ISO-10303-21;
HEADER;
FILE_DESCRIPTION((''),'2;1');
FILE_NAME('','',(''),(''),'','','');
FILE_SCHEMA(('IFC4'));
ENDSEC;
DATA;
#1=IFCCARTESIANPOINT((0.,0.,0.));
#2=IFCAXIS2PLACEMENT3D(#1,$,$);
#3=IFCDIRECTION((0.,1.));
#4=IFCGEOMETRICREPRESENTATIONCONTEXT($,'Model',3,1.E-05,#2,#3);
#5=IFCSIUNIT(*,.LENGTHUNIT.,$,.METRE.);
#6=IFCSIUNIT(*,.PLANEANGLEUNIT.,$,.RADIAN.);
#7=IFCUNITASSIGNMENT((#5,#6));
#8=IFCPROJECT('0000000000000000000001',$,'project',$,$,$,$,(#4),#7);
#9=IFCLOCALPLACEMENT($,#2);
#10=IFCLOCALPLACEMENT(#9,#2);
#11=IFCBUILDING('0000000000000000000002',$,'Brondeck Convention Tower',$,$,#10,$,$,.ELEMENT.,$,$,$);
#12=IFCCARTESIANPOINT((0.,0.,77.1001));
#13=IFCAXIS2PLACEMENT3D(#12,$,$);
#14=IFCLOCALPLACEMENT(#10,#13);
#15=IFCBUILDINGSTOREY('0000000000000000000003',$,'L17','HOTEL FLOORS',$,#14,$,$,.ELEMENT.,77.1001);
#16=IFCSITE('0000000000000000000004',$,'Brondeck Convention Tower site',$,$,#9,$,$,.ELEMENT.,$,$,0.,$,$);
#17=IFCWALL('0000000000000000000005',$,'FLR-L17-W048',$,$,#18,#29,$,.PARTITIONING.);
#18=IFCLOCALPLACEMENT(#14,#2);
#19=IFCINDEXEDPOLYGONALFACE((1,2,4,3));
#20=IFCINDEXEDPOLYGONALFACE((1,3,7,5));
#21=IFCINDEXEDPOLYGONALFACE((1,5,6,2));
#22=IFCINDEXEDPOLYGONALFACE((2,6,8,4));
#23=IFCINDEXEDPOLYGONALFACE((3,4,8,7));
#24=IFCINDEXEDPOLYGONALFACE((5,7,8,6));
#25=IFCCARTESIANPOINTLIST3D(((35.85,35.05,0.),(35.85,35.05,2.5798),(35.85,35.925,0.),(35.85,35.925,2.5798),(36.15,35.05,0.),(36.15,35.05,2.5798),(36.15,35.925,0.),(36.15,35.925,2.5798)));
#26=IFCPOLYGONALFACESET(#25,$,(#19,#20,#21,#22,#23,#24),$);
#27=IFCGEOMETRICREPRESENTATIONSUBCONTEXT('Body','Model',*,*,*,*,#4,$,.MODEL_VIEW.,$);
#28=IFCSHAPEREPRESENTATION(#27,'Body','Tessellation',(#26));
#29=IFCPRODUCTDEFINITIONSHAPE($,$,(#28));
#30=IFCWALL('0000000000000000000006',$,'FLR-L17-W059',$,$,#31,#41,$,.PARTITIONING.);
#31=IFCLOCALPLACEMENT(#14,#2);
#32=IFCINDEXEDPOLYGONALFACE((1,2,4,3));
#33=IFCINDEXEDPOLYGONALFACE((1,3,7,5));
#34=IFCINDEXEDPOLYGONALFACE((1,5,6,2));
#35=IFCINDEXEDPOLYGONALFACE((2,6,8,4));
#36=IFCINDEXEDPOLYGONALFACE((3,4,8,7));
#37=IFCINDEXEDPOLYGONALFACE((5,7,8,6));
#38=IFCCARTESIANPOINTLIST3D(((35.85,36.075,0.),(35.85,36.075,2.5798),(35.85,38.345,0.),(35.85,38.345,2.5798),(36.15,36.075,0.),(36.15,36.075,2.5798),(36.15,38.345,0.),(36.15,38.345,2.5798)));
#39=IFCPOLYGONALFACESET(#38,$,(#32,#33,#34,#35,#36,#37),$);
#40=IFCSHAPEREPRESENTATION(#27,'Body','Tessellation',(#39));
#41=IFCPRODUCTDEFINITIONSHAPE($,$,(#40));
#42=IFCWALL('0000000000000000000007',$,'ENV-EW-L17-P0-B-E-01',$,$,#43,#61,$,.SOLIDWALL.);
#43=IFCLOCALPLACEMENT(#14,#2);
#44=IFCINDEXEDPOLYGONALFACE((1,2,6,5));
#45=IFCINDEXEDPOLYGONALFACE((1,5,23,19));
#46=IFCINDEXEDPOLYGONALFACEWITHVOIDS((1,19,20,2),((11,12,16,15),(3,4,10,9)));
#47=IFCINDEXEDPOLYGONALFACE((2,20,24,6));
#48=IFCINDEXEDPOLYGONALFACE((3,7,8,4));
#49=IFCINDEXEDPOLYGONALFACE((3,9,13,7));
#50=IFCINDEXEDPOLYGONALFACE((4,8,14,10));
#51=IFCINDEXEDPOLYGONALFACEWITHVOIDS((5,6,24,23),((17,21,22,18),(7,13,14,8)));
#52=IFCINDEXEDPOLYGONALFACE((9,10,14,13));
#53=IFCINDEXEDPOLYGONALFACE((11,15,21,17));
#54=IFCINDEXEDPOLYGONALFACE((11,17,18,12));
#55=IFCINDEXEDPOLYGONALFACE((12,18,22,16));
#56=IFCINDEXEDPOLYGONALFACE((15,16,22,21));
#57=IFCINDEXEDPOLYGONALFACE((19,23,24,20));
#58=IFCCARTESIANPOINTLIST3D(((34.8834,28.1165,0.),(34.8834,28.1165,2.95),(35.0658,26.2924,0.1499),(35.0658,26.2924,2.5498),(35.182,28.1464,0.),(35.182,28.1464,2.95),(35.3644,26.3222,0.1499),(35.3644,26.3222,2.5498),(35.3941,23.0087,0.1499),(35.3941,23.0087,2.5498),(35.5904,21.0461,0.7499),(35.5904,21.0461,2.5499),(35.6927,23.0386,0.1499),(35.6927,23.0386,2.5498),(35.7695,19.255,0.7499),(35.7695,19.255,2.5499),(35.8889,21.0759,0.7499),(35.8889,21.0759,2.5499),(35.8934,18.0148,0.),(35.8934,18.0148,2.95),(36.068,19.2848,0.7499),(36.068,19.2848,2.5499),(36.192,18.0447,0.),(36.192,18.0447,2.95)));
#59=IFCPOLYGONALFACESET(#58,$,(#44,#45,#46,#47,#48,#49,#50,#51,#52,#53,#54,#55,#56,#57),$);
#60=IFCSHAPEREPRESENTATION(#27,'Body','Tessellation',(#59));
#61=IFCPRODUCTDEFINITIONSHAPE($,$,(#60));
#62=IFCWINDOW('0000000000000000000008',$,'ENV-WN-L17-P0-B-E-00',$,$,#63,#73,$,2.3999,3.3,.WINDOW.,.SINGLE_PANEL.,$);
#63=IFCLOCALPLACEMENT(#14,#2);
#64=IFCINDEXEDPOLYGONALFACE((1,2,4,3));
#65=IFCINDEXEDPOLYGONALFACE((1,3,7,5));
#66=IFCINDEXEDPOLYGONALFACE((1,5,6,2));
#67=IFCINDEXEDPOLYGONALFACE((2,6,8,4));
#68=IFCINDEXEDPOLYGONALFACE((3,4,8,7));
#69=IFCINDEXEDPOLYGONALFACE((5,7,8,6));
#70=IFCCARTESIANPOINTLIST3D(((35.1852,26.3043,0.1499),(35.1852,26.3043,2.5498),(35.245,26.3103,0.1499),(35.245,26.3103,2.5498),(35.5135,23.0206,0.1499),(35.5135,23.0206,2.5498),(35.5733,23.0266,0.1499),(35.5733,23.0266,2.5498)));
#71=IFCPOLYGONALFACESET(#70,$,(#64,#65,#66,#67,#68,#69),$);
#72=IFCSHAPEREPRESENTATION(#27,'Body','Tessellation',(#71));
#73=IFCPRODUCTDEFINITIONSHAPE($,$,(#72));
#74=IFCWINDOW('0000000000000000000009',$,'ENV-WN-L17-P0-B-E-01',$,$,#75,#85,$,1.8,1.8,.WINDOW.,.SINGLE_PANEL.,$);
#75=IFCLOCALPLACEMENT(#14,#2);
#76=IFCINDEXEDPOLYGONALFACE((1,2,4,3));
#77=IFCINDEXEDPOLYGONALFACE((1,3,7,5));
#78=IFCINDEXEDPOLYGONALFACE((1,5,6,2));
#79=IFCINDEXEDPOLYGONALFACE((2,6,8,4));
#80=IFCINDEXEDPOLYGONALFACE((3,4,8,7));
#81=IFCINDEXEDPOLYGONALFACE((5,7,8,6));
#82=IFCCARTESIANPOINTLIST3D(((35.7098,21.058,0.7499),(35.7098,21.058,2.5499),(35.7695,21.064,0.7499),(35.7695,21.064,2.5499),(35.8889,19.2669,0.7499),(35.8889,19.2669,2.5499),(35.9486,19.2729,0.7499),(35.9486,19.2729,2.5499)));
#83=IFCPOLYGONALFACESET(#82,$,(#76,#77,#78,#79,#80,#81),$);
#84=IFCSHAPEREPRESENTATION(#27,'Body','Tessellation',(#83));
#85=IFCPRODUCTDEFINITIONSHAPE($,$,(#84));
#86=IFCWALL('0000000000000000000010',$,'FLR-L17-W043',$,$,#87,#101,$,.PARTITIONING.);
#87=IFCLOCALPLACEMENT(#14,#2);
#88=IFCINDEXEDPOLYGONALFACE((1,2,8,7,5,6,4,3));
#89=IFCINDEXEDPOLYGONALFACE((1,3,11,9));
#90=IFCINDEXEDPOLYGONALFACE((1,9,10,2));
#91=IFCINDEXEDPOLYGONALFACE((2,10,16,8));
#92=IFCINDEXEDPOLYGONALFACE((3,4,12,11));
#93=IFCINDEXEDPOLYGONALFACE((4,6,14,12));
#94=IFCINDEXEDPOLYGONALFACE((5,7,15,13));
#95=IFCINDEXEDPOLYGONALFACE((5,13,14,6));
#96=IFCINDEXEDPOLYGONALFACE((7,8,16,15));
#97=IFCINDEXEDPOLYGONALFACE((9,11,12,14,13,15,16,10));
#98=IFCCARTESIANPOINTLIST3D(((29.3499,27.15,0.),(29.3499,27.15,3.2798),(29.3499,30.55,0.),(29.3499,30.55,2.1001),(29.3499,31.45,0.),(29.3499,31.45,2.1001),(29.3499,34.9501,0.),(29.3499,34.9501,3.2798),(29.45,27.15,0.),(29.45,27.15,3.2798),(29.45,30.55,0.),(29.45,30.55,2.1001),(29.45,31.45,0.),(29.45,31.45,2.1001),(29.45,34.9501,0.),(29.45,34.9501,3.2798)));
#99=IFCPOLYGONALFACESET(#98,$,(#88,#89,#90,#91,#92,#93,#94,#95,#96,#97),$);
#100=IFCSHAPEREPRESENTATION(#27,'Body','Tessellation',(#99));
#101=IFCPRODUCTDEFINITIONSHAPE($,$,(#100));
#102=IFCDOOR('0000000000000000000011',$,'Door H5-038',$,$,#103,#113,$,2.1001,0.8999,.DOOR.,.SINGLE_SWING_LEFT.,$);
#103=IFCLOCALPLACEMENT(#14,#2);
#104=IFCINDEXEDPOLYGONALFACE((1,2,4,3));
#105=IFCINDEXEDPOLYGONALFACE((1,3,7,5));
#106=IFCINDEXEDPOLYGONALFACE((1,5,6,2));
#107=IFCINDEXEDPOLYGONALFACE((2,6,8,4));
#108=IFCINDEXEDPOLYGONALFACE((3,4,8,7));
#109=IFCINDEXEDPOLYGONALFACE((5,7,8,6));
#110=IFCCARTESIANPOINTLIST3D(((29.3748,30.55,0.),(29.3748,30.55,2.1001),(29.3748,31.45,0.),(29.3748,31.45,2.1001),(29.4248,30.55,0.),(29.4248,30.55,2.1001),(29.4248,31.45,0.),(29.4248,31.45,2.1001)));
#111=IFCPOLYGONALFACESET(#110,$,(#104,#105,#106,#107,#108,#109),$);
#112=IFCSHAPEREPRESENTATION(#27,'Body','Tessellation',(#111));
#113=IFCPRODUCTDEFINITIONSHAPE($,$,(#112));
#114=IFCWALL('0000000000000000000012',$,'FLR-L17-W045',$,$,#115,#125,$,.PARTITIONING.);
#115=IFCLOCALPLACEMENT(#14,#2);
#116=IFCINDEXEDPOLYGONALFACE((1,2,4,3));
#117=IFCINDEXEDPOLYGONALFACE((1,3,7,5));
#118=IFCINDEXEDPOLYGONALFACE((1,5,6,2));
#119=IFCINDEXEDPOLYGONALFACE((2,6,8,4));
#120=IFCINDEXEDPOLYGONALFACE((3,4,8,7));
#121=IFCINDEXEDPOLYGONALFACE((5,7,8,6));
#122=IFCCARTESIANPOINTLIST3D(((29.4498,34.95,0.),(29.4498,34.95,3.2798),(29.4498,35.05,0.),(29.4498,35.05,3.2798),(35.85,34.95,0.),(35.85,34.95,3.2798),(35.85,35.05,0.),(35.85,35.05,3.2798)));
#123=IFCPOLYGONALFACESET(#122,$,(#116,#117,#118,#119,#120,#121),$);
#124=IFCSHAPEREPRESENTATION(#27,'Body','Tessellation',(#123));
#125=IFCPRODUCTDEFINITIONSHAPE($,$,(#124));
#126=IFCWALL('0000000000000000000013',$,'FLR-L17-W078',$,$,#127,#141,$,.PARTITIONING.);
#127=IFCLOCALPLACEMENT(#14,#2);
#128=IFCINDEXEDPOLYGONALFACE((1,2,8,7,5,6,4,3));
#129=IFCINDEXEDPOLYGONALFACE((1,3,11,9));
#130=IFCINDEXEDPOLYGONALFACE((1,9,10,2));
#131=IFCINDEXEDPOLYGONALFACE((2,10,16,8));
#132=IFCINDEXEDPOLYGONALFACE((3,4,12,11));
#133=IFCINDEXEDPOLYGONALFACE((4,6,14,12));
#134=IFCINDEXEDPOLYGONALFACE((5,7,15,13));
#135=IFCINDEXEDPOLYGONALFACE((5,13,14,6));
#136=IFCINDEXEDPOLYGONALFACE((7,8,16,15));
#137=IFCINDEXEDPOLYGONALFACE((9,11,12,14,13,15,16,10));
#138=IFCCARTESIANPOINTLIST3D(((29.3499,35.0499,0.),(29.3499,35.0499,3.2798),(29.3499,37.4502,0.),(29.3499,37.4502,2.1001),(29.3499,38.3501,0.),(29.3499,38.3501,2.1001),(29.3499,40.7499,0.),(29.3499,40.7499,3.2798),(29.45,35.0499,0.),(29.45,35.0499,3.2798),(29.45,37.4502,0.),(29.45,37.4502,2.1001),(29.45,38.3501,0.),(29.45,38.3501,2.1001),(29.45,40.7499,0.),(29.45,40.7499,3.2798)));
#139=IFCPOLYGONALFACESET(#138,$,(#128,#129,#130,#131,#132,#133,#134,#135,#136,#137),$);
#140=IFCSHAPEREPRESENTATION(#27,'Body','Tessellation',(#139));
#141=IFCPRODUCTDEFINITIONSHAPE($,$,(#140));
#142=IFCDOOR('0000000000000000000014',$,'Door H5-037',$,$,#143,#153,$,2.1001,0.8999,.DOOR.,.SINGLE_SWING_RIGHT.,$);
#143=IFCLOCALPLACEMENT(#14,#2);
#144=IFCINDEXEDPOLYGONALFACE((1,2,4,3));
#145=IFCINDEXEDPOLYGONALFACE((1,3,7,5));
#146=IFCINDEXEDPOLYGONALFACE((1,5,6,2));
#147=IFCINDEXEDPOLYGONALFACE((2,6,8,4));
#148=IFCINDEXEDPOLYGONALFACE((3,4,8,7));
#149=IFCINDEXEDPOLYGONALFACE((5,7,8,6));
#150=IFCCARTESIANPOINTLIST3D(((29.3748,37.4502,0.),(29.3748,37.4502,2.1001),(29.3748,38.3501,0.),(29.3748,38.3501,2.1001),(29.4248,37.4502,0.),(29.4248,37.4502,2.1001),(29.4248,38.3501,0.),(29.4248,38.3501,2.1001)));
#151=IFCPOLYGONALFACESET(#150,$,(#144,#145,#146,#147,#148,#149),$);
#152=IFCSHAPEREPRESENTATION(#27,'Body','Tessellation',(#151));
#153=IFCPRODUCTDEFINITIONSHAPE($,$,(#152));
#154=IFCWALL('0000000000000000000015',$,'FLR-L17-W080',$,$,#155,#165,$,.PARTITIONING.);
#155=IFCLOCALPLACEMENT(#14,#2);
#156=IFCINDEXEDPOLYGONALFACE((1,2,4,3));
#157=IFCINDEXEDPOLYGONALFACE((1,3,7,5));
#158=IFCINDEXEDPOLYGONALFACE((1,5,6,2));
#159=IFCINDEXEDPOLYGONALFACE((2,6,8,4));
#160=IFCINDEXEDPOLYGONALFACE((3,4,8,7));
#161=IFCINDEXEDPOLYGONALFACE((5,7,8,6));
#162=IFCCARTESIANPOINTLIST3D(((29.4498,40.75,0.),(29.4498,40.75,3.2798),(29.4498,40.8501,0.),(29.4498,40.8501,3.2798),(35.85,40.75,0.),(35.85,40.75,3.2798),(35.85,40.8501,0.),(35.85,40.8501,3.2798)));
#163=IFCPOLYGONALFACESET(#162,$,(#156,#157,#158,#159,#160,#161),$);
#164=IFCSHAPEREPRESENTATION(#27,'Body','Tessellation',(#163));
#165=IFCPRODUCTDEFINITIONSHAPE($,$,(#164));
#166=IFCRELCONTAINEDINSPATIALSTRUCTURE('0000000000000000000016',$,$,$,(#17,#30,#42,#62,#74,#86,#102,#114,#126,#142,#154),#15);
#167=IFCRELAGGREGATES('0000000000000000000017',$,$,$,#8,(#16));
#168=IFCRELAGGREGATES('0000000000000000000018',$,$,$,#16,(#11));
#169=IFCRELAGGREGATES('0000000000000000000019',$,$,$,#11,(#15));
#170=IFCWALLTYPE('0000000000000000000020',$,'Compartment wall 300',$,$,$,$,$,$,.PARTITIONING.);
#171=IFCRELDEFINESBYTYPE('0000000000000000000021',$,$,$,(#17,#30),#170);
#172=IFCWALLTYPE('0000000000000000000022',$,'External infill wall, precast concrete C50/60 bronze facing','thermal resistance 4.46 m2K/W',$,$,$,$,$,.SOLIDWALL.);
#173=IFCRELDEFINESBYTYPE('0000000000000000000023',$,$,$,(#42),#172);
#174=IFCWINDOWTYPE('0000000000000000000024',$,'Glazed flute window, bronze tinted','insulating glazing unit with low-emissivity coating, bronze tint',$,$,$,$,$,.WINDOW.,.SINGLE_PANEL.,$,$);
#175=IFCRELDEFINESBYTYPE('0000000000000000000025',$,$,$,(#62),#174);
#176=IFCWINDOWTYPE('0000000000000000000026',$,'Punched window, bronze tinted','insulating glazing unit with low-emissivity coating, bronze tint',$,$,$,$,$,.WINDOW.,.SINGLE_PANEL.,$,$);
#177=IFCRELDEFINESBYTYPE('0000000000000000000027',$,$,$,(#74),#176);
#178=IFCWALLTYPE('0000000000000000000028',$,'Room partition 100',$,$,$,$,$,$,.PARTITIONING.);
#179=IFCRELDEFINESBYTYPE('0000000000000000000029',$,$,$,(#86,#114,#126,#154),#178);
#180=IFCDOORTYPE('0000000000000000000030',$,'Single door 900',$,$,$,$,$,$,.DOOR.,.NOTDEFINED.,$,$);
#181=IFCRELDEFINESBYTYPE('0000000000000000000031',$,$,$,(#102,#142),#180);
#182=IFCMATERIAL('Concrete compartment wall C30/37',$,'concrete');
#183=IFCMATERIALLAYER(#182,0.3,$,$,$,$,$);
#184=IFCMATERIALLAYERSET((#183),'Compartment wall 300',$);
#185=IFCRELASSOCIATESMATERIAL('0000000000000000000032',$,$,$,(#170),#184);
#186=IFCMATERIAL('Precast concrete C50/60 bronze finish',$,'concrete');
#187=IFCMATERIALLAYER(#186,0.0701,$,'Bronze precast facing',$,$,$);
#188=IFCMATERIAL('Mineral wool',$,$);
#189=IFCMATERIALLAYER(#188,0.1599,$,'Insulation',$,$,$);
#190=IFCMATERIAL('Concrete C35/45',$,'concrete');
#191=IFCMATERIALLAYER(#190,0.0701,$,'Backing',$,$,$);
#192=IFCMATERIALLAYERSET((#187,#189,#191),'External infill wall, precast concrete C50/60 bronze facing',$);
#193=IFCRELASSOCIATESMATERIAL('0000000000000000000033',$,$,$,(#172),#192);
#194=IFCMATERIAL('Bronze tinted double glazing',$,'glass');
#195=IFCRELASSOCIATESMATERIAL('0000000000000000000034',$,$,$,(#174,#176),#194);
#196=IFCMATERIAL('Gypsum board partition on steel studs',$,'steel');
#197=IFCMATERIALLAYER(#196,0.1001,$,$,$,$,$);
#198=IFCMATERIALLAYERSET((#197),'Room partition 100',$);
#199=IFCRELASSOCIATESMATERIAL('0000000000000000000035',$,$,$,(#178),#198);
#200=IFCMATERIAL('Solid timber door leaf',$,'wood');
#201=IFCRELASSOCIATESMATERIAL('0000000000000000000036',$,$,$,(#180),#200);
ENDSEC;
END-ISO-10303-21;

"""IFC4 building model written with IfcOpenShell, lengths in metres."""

from ifc_helpers import new_model, si_unit, direction, frame, frame_2d, origin, place, context, subcontext, project, spatial, rectangle, extrude, material, layer, layer_set, type_object, element, fill, save


model = new_model("IFC4")

# Units and contexts
model_context = context("Model", 3, precision=1e-05, world=origin(), true_north=direction((0.0, 1.0)))
body_context = subcontext(model_context, "Body", "Model", "MODEL_VIEW")
ifc_project = project(units=[si_unit("LENGTHUNIT", "METRE"), si_unit("PLANEANGLEUNIT", "RADIAN")], contexts=[model_context])

# Site, building, storey
site_placement = place(None, origin())
site = spatial("IfcSite", under=ifc_project, at=site_placement, Name="Brondeck Convention Tower site", CompositionType="ELEMENT", RefElevation=0.0)
building_placement = place(site_placement, origin())
building = spatial("IfcBuilding", under=site, at=building_placement, Name="Brondeck Convention Tower", CompositionType="ELEMENT")
storey_placement = place(building_placement, frame((0.0, 0.0, 77.1001)))
storey = spatial("IfcBuildingStorey", under=building, at=storey_placement, Name="L17", Description="HOTEL FLOORS", CompositionType="ELEMENT", Elevation=77.1001)

# Shared definitions
ifc_material_1 = material(Name="Concrete compartment wall C30/37", Category="concrete")
ifc_layer_1 = layer(ifc_material_1, 0.3)
ifc_layer_set_1 = layer_set([ifc_layer_1], Name="Compartment wall 300")
wall_type_1 = type_object("IfcWallType", Name="Compartment wall 300", PredefinedType="PARTITIONING", material=ifc_layer_set_1)

# Walls
wall_1_placement = place(storey_placement, frame((36.0, 35.925, 0.0), z_axis=(0.0, 0.0, 1.0), x_axis=(0.0, -1.0, 0.0)))
element("IfcWall", 1, at=wall_1_placement, inside=storey, type_object=wall_type_1, Name="FLR-L17-W048", PredefinedType="PARTITIONING", context=body_context, shape_type="SweptSolid", body=[
    extrude(rectangle(XDim=0.875, YDim=0.3, at=frame_2d((0.4375, 0.0))), origin(), (0.0, 0.0, 1.0), 2.5798),
])
wall_2_placement = place(storey_placement, frame((36.0, 38.345, 0.0), z_axis=(0.0, 0.0, 1.0), x_axis=(0.0, -1.0, 0.0)))
element("IfcWall", 2, at=wall_2_placement, inside=storey, type_object=wall_type_1, Name="FLR-L17-W059", PredefinedType="PARTITIONING", context=body_context, shape_type="SweptSolid", body=[
    extrude(rectangle(XDim=2.27, YDim=0.3, at=frame_2d((1.135, 0.0))), origin(), (0.0, 0.0, 1.0), 2.5798),
])

# Wall, openings, windows
ifc_material_2 = material(Name="Precast concrete C50/60 bronze finish", Category="concrete")
ifc_layer_2 = layer(ifc_material_2, 0.0701, Name="Bronze precast facing")
ifc_material_3 = material(Name="Mineral wool")
ifc_layer_3 = layer(ifc_material_3, 0.1599, Name="Insulation")
ifc_material_4 = material(Name="Concrete C35/45", Category="concrete")
ifc_layer_4 = layer(ifc_material_4, 0.0701, Name="Backing")
ifc_layer_set_2 = layer_set([ifc_layer_2, ifc_layer_3, ifc_layer_4], Name="External infill wall, precast concrete C50/60 bronze facing")
wall_type_2 = type_object("IfcWallType", Name="External infill wall, precast concrete C50/60 bronze facing", Description="thermal resistance 4.46 m2K/W", PredefinedType="SOLIDWALL", material=ifc_layer_set_2)
wall_3_placement = place(storey_placement, frame((35.0327, 28.1316, 0.0), z_axis=(0.0, 0.0, 1.0), x_axis=(0.099487, -0.995039, 0.0)))
wall_3 = element("IfcWall", 3, at=wall_3_placement, inside=storey, type_object=wall_type_2, Name="ENV-EW-L17-P0-B-E-01", PredefinedType="SOLIDWALL", context=body_context, shape_type="SweptSolid", body=[
    extrude(rectangle(XDim=10.1521, YDim=0.3, at=frame_2d((5.0762, 0.0))), origin(), (0.0, 0.0, 1.0), 2.95),
])
opening_1_placement = place(wall_3_placement, frame((1.8335, 0.0, 0.1499)))
opening_1 = element("IfcOpeningElement", 4, at=opening_1_placement, cuts=wall_3, PredefinedType="OPENING", context=body_context, shape_type="SweptSolid", body=[
    extrude(rectangle(XDim=3.3, YDim=2.3999, at=frame_2d((1.6499, 1.2))), frame((0.0, 0.1599, 0.0), z_axis=(0.0, -1.0, 0.0), x_axis=(1.0, 0.0, 0.0)), (0.0, 0.0, 1.0), 0.3201),
])
opening_2_placement = place(wall_3_placement, frame((7.106, 0.0, 0.75)))
opening_2 = element("IfcOpeningElement", 5, at=opening_2_placement, cuts=wall_3, PredefinedType="OPENING", context=body_context, shape_type="SweptSolid", body=[
    extrude(rectangle(XDim=1.8, YDim=1.8, at=frame_2d((0.8999, 0.8999))), frame((0.0, 0.1599, 0.0), z_axis=(0.0, -1.0, 0.0), x_axis=(1.0, 0.0, 0.0)), (0.0, 0.0, 1.0), 0.3201),
])
ifc_material_5 = material(Name="Bronze tinted double glazing", Category="glass")
window_type_1 = type_object("IfcWindowType", Name="Glazed flute window, bronze tinted", Description="insulating glazing unit with low-emissivity coating, bronze tint", PartitioningType="SINGLE_PANEL", PredefinedType="WINDOW", material=ifc_material_5)
window_1_placement = place(opening_1_placement, origin())
window_1 = element("IfcWindow", 6, at=window_1_placement, inside=storey, type_object=window_type_1, Name="ENV-WN-L17-P0-B-E-00", OverallHeight=2.3999, OverallWidth=3.3, PartitioningType="SINGLE_PANEL", PredefinedType="WINDOW", context=body_context, shape_type="SweptSolid", body=[
    extrude(rectangle(XDim=3.3, YDim=2.3999, at=frame_2d((1.6499, 1.2))), frame((0.0, 0.03, 0.0), z_axis=(0.0, -1.0, 0.0), x_axis=(1.0, 0.0, 0.0)), (0.0, 0.0, 1.0), 0.0601),
])
fill(opening_1, window_1)
window_type_2 = type_object("IfcWindowType", Name="Punched window, bronze tinted", Description="insulating glazing unit with low-emissivity coating, bronze tint", PartitioningType="SINGLE_PANEL", PredefinedType="WINDOW", material=ifc_material_5)
window_2_placement = place(opening_2_placement, origin())
window_2 = element("IfcWindow", 7, at=window_2_placement, inside=storey, type_object=window_type_2, Name="ENV-WN-L17-P0-B-E-01", OverallHeight=1.8, OverallWidth=1.8, PartitioningType="SINGLE_PANEL", PredefinedType="WINDOW", context=body_context, shape_type="SweptSolid", body=[
    extrude(rectangle(XDim=1.8, YDim=1.8, at=frame_2d((0.8999, 0.8999))), frame((0.0, 0.03, 0.0), z_axis=(0.0, -1.0, 0.0), x_axis=(1.0, 0.0, 0.0)), (0.0, 0.0, 1.0), 0.0601),
])
fill(opening_2, window_2)

# Wall, opening, door
ifc_material_6 = material(Name="Gypsum board partition on steel studs", Category="steel")
ifc_layer_5 = layer(ifc_material_6, 0.1001)
ifc_layer_set_3 = layer_set([ifc_layer_5], Name="Room partition 100")
wall_type_3 = type_object("IfcWallType", Name="Room partition 100", PredefinedType="PARTITIONING", material=ifc_layer_set_3)
wall_4_placement = place(storey_placement, frame((29.3999, 34.95, 0.0), z_axis=(0.0, 0.0, 1.0), x_axis=(0.0, -1.0, 0.0)))
wall_4 = element("IfcWall", 8, at=wall_4_placement, inside=storey, type_object=wall_type_3, Name="FLR-L17-W043", PredefinedType="PARTITIONING", context=body_context, shape_type="SweptSolid", body=[
    extrude(rectangle(XDim=7.8, YDim=0.1001, at=frame_2d((3.8999, 0.0))), origin(), (0.0, 0.0, 1.0), 3.2798),
])
opening_3_placement = place(wall_4_placement, frame((3.5, 0.0, 0.0)))
opening_3 = element("IfcOpeningElement", 9, at=opening_3_placement, cuts=wall_4, PredefinedType="OPENING", context=body_context, shape_type="SweptSolid", body=[
    extrude(rectangle(XDim=0.8999, YDim=2.1001, at=frame_2d((0.45, 1.05))), frame((0.0, 0.0601, 0.0), z_axis=(0.0, -1.0, 0.0), x_axis=(1.0, 0.0, 0.0)), (0.0, 0.0, 1.0), 0.1201),
])
ifc_material_7 = material(Name="Solid timber door leaf", Category="wood")
door_type_1 = type_object("IfcDoorType", Name="Single door 900", OperationType="NOTDEFINED", PredefinedType="DOOR", material=ifc_material_7)
door_1_placement = place(opening_3_placement, origin())
door_1 = element("IfcDoor", 10, at=door_1_placement, inside=storey, type_object=door_type_1, Name="Door H5-038", OperationType="SINGLE_SWING_LEFT", OverallHeight=2.1001, OverallWidth=0.8999, PredefinedType="DOOR", context=body_context, shape_type="SweptSolid", body=[
    extrude(rectangle(XDim=0.8999, YDim=2.1001, at=frame_2d((0.45, 1.05))), frame((0.0, 0.0249, 0.0), z_axis=(0.0, -1.0, 0.0), x_axis=(1.0, 0.0, 0.0)), (0.0, 0.0, 1.0), 0.05),
])
fill(opening_3, door_1)

# Wall
wall_5_placement = place(storey_placement, frame((35.8501, 35.0, 0.0), z_axis=(0.0, 0.0, 1.0), x_axis=(-1.0, 0.0, 0.0)))
element("IfcWall", 11, at=wall_5_placement, inside=storey, type_object=wall_type_3, Name="FLR-L17-W045", PredefinedType="PARTITIONING", context=body_context, shape_type="SweptSolid", body=[
    extrude(rectangle(XDim=6.4001, YDim=0.1001, at=frame_2d((3.2002, 0.0))), origin(), (0.0, 0.0, 1.0), 3.2798),
])

# Wall, opening, door
wall_6_placement = place(storey_placement, frame((29.3999, 40.75, 0.0), z_axis=(0.0, 0.0, 1.0), x_axis=(0.0, -1.0, 0.0)))
wall_6 = element("IfcWall", 12, at=wall_6_placement, inside=storey, type_object=wall_type_3, Name="FLR-L17-W078", PredefinedType="PARTITIONING", context=body_context, shape_type="SweptSolid", body=[
    extrude(rectangle(XDim=5.7, YDim=0.1001, at=frame_2d((2.8501, 0.0))), origin(), (0.0, 0.0, 1.0), 3.2798),
])
opening_4_placement = place(wall_6_placement, frame((2.3999, 0.0, 0.0)))
opening_4 = element("IfcOpeningElement", 13, at=opening_4_placement, cuts=wall_6, PredefinedType="OPENING", context=body_context, shape_type="SweptSolid", body=[
    extrude(rectangle(XDim=0.8999, YDim=2.1001, at=frame_2d((0.45, 1.05))), frame((0.0, 0.0601, 0.0), z_axis=(0.0, -1.0, 0.0), x_axis=(1.0, 0.0, 0.0)), (0.0, 0.0, 1.0), 0.1201),
])
door_2_placement = place(opening_4_placement, origin())
door_2 = element("IfcDoor", 14, at=door_2_placement, inside=storey, type_object=door_type_1, Name="Door H5-037", OperationType="SINGLE_SWING_RIGHT", OverallHeight=2.1001, OverallWidth=0.8999, PredefinedType="DOOR", context=body_context, shape_type="SweptSolid", body=[
    extrude(rectangle(XDim=0.8999, YDim=2.1001, at=frame_2d((0.45, 1.05))), frame((0.0, 0.0249, 0.0), z_axis=(0.0, -1.0, 0.0), x_axis=(1.0, 0.0, 0.0)), (0.0, 0.0, 1.0), 0.05),
])
fill(opening_4, door_2)

# Wall
wall_7_placement = place(storey_placement, frame((35.8501, 40.8, 0.0), z_axis=(0.0, 0.0, 1.0), x_axis=(-1.0, 0.0, 0.0)))
element("IfcWall", 15, at=wall_7_placement, inside=storey, type_object=wall_type_3, Name="FLR-L17-W080", PredefinedType="PARTITIONING", context=body_context, shape_type="SweptSolid", body=[
    extrude(rectangle(XDim=6.4001, YDim=0.1001, at=frame_2d((3.2002, 0.0))), origin(), (0.0, 0.0, 1.0), 3.2798),
])

save(model, "model.ifc")
